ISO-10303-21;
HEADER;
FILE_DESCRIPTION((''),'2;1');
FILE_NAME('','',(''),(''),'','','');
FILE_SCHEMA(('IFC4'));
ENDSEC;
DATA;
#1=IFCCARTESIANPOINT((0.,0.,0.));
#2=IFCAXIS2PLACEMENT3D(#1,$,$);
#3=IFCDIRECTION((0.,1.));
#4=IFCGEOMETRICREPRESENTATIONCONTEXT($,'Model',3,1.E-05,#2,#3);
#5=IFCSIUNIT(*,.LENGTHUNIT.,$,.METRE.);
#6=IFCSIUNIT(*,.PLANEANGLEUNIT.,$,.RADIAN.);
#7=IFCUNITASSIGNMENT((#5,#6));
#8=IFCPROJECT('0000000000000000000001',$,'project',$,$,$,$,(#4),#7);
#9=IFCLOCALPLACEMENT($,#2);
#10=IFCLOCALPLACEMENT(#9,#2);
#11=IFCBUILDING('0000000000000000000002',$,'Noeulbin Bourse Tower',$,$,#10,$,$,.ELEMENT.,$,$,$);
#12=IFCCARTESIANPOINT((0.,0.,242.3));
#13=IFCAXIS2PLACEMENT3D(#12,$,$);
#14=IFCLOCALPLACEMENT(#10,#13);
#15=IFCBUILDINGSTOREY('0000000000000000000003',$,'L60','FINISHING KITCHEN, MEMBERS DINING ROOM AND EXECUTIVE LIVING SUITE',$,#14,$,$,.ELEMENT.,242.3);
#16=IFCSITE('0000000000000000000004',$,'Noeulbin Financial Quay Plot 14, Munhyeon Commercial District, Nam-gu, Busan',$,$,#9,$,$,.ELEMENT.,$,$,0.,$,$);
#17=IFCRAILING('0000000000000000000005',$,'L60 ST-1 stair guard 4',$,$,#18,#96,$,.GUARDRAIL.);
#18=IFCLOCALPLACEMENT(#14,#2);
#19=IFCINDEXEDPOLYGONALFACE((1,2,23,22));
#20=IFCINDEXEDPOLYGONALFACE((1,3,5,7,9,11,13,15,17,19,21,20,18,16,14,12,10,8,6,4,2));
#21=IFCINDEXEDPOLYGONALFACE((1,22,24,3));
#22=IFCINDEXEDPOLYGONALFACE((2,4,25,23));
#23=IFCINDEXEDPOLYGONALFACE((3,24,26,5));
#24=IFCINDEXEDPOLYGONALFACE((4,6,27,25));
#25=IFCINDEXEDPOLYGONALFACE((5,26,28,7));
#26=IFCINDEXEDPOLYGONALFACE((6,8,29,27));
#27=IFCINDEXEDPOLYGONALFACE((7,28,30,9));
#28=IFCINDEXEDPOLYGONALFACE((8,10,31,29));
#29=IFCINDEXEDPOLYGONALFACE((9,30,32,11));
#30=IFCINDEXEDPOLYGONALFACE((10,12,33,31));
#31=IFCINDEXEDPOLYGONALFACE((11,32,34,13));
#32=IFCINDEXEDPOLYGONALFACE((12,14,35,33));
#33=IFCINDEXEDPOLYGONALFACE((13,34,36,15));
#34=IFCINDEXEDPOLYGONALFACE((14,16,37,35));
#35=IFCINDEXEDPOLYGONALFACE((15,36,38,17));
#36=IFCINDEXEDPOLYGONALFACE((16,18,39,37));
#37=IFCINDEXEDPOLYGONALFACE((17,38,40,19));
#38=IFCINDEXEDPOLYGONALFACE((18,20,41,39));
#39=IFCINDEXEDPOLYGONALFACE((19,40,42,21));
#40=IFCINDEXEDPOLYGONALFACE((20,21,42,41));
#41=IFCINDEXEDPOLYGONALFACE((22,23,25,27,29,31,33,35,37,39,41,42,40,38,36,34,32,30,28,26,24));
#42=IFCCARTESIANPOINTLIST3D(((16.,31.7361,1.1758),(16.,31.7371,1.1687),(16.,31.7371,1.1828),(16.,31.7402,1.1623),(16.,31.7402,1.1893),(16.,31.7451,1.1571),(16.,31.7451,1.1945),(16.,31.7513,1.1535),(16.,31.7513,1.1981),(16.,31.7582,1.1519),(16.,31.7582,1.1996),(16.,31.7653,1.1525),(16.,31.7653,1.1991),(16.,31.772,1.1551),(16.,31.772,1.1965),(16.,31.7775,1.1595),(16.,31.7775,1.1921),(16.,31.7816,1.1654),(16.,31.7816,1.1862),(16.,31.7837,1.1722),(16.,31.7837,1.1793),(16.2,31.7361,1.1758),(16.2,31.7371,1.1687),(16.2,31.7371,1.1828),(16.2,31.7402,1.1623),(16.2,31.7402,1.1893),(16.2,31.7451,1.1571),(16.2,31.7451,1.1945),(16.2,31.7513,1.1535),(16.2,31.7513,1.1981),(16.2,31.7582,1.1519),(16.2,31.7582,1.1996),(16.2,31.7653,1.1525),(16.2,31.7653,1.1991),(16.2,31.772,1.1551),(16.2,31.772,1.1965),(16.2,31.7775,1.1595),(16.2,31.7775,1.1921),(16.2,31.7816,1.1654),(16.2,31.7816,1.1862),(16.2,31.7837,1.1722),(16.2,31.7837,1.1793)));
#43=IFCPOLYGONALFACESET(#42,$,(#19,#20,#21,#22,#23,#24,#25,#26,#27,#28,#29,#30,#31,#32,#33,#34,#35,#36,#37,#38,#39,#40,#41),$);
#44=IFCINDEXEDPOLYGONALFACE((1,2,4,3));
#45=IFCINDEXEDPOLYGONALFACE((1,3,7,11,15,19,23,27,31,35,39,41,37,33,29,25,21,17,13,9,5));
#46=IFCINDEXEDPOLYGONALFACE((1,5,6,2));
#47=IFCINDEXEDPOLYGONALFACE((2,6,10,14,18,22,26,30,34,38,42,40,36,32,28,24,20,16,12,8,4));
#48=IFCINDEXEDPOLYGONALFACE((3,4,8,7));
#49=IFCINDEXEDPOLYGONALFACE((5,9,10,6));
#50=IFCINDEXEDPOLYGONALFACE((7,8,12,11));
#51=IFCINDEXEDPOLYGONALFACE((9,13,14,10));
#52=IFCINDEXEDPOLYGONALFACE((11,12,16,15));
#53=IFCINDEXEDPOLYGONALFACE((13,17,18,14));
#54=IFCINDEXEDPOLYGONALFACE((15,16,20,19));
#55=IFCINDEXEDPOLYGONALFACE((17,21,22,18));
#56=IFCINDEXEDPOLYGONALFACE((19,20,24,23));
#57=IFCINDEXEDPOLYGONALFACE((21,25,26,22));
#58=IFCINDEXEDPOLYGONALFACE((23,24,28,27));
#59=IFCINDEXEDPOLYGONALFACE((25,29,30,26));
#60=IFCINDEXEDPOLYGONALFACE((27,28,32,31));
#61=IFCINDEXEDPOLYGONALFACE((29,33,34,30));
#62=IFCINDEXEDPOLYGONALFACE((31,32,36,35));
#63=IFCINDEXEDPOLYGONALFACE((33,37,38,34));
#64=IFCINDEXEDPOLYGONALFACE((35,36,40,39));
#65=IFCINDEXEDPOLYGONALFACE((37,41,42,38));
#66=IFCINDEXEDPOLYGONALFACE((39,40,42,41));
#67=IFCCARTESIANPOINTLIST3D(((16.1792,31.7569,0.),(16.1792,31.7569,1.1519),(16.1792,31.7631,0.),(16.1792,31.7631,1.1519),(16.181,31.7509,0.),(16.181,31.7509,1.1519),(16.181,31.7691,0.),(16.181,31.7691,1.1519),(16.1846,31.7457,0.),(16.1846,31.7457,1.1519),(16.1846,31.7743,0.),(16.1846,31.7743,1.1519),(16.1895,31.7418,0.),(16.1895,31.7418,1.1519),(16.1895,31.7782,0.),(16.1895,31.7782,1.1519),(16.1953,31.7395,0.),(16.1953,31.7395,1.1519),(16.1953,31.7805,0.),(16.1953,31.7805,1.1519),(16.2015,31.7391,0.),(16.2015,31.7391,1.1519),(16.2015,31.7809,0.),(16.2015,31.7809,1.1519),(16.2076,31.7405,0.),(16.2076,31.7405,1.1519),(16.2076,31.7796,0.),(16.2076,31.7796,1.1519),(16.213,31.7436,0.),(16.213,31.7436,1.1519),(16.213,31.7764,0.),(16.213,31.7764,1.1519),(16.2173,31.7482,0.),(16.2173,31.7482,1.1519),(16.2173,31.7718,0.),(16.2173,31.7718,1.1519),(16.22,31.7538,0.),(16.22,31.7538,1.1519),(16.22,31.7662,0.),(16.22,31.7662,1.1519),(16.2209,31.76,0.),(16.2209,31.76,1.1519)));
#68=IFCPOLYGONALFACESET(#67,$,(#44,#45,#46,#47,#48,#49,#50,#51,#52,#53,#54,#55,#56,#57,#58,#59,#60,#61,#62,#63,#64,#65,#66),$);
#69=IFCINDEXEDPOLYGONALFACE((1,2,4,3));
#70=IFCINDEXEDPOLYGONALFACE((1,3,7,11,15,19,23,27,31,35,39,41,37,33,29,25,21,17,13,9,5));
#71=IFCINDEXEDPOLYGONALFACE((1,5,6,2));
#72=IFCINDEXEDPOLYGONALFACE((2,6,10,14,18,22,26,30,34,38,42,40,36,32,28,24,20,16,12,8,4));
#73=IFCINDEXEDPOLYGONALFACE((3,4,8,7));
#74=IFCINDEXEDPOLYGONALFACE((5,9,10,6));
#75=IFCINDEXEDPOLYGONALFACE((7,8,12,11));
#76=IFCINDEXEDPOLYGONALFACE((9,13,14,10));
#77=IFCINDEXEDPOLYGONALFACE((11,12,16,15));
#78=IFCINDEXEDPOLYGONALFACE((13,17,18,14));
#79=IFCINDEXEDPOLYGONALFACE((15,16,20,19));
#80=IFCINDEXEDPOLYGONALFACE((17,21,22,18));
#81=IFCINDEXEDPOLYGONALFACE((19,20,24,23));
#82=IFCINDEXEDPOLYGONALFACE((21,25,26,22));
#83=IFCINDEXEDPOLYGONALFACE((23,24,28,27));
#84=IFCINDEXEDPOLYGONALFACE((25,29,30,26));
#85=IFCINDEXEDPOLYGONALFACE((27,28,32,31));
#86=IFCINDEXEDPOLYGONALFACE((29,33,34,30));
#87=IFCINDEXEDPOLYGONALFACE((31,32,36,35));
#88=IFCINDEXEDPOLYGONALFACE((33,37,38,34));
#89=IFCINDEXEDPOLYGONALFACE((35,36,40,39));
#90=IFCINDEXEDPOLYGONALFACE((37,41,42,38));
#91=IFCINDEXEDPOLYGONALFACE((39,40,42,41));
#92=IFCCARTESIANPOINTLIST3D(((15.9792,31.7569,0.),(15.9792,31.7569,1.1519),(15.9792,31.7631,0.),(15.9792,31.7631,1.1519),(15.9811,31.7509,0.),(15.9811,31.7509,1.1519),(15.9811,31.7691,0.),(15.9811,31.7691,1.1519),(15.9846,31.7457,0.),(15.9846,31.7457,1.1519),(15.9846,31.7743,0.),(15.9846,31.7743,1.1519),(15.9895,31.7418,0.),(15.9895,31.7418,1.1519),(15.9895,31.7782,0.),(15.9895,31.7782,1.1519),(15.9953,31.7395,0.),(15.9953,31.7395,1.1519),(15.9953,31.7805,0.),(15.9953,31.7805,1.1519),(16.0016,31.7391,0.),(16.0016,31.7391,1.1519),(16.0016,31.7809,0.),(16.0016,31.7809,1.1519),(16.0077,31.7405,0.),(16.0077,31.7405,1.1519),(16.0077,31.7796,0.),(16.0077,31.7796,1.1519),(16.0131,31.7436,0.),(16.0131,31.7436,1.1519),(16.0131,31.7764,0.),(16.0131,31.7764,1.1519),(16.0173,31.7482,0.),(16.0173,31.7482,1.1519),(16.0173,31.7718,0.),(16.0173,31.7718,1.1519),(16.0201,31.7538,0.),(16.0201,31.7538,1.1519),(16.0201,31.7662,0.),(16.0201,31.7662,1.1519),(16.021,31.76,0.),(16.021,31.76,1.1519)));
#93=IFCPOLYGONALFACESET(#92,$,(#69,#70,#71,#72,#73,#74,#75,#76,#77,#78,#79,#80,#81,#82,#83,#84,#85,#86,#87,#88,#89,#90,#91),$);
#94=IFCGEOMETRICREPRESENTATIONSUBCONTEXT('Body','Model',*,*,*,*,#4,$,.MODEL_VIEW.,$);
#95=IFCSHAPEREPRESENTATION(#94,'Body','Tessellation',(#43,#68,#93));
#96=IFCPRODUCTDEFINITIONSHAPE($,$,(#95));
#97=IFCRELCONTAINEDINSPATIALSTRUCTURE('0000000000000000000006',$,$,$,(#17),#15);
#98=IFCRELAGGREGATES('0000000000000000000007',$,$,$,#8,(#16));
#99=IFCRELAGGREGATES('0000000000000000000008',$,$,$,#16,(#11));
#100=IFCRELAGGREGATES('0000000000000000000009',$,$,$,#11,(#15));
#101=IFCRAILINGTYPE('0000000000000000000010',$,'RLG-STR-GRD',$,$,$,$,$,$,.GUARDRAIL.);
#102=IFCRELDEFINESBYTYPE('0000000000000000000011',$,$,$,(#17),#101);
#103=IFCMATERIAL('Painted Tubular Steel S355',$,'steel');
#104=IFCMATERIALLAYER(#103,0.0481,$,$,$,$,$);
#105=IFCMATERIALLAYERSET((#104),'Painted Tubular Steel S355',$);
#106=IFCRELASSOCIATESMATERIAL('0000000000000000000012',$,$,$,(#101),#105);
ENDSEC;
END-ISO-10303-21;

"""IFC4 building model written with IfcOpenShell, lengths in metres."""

from ifc_helpers import new_model, si_unit, direction, frame, origin, origin_2d, place, context, subcontext, project, spatial, circle, extrude, material, layer, layer_set, type_object, element, save


model = new_model("IFC4")

# Units and contexts
model_context = context("Model", 3, precision=1e-05, world=origin(), true_north=direction((0.0, 1.0)))
body_context = subcontext(model_context, "Body", "Model", "MODEL_VIEW")
ifc_project = project(units=[si_unit("LENGTHUNIT", "METRE"), si_unit("PLANEANGLEUNIT", "RADIAN")], contexts=[model_context])

# Site, building, storey
site_placement = place(None, origin())
site = spatial("IfcSite", under=ifc_project, at=site_placement, Name="Noeulbin Financial Quay Plot 14, Munhyeon Commercial District, Nam-gu, Busan", CompositionType="ELEMENT", RefElevation=0.0)
building_placement = place(site_placement, origin())
building = spatial("IfcBuilding", under=site, at=building_placement, Name="Noeulbin Bourse Tower", CompositionType="ELEMENT")
storey_placement = place(building_placement, frame((0.0, 0.0, 242.3)))
storey = spatial("IfcBuildingStorey", under=building, at=storey_placement, Name="L60", Description="FINISHING KITCHEN, MEMBERS DINING ROOM AND EXECUTIVE LIVING SUITE", CompositionType="ELEMENT", Elevation=242.3)

# Railing
ifc_material_1 = material(Name="Painted Tubular Steel S355", Category="steel")
ifc_layer_1 = layer(ifc_material_1, 0.0481)
ifc_layer_set_1 = layer_set([ifc_layer_1], Name="Painted Tubular Steel S355")
railing_type_1 = type_object("IfcRailingType", Name="RLG-STR-GRD", PredefinedType="GUARDRAIL", material=ifc_layer_set_1)
railing_1_placement = place(storey_placement, frame((16.2, 31.76, 0.0)))
element("IfcRailing", 1, at=railing_1_placement, inside=storey, type_object=railing_type_1, Name="L60 ST-1 stair guard 4", PredefinedType="GUARDRAIL", context=body_context, shape_type="SweptSolid", body=[
    extrude(circle(Radius=0.0239, at=origin_2d()), frame((0.0, 0.0, 1.1758), z_axis=(-1.0, 0.0, 0.0), x_axis=(0.0, -1.0, 0.0)), (0.0, 0.0, 1.0), 0.2),
    extrude(circle(Radius=0.021, at=origin_2d()), origin(), (0.0, 0.0, 1.0), 1.1519),
    extrude(circle(Radius=0.021, at=origin_2d()), frame((-0.2, 0.0, 0.0)), (0.0, 0.0, 1.0), 1.1519),
])

save(model, "model.ifc")
